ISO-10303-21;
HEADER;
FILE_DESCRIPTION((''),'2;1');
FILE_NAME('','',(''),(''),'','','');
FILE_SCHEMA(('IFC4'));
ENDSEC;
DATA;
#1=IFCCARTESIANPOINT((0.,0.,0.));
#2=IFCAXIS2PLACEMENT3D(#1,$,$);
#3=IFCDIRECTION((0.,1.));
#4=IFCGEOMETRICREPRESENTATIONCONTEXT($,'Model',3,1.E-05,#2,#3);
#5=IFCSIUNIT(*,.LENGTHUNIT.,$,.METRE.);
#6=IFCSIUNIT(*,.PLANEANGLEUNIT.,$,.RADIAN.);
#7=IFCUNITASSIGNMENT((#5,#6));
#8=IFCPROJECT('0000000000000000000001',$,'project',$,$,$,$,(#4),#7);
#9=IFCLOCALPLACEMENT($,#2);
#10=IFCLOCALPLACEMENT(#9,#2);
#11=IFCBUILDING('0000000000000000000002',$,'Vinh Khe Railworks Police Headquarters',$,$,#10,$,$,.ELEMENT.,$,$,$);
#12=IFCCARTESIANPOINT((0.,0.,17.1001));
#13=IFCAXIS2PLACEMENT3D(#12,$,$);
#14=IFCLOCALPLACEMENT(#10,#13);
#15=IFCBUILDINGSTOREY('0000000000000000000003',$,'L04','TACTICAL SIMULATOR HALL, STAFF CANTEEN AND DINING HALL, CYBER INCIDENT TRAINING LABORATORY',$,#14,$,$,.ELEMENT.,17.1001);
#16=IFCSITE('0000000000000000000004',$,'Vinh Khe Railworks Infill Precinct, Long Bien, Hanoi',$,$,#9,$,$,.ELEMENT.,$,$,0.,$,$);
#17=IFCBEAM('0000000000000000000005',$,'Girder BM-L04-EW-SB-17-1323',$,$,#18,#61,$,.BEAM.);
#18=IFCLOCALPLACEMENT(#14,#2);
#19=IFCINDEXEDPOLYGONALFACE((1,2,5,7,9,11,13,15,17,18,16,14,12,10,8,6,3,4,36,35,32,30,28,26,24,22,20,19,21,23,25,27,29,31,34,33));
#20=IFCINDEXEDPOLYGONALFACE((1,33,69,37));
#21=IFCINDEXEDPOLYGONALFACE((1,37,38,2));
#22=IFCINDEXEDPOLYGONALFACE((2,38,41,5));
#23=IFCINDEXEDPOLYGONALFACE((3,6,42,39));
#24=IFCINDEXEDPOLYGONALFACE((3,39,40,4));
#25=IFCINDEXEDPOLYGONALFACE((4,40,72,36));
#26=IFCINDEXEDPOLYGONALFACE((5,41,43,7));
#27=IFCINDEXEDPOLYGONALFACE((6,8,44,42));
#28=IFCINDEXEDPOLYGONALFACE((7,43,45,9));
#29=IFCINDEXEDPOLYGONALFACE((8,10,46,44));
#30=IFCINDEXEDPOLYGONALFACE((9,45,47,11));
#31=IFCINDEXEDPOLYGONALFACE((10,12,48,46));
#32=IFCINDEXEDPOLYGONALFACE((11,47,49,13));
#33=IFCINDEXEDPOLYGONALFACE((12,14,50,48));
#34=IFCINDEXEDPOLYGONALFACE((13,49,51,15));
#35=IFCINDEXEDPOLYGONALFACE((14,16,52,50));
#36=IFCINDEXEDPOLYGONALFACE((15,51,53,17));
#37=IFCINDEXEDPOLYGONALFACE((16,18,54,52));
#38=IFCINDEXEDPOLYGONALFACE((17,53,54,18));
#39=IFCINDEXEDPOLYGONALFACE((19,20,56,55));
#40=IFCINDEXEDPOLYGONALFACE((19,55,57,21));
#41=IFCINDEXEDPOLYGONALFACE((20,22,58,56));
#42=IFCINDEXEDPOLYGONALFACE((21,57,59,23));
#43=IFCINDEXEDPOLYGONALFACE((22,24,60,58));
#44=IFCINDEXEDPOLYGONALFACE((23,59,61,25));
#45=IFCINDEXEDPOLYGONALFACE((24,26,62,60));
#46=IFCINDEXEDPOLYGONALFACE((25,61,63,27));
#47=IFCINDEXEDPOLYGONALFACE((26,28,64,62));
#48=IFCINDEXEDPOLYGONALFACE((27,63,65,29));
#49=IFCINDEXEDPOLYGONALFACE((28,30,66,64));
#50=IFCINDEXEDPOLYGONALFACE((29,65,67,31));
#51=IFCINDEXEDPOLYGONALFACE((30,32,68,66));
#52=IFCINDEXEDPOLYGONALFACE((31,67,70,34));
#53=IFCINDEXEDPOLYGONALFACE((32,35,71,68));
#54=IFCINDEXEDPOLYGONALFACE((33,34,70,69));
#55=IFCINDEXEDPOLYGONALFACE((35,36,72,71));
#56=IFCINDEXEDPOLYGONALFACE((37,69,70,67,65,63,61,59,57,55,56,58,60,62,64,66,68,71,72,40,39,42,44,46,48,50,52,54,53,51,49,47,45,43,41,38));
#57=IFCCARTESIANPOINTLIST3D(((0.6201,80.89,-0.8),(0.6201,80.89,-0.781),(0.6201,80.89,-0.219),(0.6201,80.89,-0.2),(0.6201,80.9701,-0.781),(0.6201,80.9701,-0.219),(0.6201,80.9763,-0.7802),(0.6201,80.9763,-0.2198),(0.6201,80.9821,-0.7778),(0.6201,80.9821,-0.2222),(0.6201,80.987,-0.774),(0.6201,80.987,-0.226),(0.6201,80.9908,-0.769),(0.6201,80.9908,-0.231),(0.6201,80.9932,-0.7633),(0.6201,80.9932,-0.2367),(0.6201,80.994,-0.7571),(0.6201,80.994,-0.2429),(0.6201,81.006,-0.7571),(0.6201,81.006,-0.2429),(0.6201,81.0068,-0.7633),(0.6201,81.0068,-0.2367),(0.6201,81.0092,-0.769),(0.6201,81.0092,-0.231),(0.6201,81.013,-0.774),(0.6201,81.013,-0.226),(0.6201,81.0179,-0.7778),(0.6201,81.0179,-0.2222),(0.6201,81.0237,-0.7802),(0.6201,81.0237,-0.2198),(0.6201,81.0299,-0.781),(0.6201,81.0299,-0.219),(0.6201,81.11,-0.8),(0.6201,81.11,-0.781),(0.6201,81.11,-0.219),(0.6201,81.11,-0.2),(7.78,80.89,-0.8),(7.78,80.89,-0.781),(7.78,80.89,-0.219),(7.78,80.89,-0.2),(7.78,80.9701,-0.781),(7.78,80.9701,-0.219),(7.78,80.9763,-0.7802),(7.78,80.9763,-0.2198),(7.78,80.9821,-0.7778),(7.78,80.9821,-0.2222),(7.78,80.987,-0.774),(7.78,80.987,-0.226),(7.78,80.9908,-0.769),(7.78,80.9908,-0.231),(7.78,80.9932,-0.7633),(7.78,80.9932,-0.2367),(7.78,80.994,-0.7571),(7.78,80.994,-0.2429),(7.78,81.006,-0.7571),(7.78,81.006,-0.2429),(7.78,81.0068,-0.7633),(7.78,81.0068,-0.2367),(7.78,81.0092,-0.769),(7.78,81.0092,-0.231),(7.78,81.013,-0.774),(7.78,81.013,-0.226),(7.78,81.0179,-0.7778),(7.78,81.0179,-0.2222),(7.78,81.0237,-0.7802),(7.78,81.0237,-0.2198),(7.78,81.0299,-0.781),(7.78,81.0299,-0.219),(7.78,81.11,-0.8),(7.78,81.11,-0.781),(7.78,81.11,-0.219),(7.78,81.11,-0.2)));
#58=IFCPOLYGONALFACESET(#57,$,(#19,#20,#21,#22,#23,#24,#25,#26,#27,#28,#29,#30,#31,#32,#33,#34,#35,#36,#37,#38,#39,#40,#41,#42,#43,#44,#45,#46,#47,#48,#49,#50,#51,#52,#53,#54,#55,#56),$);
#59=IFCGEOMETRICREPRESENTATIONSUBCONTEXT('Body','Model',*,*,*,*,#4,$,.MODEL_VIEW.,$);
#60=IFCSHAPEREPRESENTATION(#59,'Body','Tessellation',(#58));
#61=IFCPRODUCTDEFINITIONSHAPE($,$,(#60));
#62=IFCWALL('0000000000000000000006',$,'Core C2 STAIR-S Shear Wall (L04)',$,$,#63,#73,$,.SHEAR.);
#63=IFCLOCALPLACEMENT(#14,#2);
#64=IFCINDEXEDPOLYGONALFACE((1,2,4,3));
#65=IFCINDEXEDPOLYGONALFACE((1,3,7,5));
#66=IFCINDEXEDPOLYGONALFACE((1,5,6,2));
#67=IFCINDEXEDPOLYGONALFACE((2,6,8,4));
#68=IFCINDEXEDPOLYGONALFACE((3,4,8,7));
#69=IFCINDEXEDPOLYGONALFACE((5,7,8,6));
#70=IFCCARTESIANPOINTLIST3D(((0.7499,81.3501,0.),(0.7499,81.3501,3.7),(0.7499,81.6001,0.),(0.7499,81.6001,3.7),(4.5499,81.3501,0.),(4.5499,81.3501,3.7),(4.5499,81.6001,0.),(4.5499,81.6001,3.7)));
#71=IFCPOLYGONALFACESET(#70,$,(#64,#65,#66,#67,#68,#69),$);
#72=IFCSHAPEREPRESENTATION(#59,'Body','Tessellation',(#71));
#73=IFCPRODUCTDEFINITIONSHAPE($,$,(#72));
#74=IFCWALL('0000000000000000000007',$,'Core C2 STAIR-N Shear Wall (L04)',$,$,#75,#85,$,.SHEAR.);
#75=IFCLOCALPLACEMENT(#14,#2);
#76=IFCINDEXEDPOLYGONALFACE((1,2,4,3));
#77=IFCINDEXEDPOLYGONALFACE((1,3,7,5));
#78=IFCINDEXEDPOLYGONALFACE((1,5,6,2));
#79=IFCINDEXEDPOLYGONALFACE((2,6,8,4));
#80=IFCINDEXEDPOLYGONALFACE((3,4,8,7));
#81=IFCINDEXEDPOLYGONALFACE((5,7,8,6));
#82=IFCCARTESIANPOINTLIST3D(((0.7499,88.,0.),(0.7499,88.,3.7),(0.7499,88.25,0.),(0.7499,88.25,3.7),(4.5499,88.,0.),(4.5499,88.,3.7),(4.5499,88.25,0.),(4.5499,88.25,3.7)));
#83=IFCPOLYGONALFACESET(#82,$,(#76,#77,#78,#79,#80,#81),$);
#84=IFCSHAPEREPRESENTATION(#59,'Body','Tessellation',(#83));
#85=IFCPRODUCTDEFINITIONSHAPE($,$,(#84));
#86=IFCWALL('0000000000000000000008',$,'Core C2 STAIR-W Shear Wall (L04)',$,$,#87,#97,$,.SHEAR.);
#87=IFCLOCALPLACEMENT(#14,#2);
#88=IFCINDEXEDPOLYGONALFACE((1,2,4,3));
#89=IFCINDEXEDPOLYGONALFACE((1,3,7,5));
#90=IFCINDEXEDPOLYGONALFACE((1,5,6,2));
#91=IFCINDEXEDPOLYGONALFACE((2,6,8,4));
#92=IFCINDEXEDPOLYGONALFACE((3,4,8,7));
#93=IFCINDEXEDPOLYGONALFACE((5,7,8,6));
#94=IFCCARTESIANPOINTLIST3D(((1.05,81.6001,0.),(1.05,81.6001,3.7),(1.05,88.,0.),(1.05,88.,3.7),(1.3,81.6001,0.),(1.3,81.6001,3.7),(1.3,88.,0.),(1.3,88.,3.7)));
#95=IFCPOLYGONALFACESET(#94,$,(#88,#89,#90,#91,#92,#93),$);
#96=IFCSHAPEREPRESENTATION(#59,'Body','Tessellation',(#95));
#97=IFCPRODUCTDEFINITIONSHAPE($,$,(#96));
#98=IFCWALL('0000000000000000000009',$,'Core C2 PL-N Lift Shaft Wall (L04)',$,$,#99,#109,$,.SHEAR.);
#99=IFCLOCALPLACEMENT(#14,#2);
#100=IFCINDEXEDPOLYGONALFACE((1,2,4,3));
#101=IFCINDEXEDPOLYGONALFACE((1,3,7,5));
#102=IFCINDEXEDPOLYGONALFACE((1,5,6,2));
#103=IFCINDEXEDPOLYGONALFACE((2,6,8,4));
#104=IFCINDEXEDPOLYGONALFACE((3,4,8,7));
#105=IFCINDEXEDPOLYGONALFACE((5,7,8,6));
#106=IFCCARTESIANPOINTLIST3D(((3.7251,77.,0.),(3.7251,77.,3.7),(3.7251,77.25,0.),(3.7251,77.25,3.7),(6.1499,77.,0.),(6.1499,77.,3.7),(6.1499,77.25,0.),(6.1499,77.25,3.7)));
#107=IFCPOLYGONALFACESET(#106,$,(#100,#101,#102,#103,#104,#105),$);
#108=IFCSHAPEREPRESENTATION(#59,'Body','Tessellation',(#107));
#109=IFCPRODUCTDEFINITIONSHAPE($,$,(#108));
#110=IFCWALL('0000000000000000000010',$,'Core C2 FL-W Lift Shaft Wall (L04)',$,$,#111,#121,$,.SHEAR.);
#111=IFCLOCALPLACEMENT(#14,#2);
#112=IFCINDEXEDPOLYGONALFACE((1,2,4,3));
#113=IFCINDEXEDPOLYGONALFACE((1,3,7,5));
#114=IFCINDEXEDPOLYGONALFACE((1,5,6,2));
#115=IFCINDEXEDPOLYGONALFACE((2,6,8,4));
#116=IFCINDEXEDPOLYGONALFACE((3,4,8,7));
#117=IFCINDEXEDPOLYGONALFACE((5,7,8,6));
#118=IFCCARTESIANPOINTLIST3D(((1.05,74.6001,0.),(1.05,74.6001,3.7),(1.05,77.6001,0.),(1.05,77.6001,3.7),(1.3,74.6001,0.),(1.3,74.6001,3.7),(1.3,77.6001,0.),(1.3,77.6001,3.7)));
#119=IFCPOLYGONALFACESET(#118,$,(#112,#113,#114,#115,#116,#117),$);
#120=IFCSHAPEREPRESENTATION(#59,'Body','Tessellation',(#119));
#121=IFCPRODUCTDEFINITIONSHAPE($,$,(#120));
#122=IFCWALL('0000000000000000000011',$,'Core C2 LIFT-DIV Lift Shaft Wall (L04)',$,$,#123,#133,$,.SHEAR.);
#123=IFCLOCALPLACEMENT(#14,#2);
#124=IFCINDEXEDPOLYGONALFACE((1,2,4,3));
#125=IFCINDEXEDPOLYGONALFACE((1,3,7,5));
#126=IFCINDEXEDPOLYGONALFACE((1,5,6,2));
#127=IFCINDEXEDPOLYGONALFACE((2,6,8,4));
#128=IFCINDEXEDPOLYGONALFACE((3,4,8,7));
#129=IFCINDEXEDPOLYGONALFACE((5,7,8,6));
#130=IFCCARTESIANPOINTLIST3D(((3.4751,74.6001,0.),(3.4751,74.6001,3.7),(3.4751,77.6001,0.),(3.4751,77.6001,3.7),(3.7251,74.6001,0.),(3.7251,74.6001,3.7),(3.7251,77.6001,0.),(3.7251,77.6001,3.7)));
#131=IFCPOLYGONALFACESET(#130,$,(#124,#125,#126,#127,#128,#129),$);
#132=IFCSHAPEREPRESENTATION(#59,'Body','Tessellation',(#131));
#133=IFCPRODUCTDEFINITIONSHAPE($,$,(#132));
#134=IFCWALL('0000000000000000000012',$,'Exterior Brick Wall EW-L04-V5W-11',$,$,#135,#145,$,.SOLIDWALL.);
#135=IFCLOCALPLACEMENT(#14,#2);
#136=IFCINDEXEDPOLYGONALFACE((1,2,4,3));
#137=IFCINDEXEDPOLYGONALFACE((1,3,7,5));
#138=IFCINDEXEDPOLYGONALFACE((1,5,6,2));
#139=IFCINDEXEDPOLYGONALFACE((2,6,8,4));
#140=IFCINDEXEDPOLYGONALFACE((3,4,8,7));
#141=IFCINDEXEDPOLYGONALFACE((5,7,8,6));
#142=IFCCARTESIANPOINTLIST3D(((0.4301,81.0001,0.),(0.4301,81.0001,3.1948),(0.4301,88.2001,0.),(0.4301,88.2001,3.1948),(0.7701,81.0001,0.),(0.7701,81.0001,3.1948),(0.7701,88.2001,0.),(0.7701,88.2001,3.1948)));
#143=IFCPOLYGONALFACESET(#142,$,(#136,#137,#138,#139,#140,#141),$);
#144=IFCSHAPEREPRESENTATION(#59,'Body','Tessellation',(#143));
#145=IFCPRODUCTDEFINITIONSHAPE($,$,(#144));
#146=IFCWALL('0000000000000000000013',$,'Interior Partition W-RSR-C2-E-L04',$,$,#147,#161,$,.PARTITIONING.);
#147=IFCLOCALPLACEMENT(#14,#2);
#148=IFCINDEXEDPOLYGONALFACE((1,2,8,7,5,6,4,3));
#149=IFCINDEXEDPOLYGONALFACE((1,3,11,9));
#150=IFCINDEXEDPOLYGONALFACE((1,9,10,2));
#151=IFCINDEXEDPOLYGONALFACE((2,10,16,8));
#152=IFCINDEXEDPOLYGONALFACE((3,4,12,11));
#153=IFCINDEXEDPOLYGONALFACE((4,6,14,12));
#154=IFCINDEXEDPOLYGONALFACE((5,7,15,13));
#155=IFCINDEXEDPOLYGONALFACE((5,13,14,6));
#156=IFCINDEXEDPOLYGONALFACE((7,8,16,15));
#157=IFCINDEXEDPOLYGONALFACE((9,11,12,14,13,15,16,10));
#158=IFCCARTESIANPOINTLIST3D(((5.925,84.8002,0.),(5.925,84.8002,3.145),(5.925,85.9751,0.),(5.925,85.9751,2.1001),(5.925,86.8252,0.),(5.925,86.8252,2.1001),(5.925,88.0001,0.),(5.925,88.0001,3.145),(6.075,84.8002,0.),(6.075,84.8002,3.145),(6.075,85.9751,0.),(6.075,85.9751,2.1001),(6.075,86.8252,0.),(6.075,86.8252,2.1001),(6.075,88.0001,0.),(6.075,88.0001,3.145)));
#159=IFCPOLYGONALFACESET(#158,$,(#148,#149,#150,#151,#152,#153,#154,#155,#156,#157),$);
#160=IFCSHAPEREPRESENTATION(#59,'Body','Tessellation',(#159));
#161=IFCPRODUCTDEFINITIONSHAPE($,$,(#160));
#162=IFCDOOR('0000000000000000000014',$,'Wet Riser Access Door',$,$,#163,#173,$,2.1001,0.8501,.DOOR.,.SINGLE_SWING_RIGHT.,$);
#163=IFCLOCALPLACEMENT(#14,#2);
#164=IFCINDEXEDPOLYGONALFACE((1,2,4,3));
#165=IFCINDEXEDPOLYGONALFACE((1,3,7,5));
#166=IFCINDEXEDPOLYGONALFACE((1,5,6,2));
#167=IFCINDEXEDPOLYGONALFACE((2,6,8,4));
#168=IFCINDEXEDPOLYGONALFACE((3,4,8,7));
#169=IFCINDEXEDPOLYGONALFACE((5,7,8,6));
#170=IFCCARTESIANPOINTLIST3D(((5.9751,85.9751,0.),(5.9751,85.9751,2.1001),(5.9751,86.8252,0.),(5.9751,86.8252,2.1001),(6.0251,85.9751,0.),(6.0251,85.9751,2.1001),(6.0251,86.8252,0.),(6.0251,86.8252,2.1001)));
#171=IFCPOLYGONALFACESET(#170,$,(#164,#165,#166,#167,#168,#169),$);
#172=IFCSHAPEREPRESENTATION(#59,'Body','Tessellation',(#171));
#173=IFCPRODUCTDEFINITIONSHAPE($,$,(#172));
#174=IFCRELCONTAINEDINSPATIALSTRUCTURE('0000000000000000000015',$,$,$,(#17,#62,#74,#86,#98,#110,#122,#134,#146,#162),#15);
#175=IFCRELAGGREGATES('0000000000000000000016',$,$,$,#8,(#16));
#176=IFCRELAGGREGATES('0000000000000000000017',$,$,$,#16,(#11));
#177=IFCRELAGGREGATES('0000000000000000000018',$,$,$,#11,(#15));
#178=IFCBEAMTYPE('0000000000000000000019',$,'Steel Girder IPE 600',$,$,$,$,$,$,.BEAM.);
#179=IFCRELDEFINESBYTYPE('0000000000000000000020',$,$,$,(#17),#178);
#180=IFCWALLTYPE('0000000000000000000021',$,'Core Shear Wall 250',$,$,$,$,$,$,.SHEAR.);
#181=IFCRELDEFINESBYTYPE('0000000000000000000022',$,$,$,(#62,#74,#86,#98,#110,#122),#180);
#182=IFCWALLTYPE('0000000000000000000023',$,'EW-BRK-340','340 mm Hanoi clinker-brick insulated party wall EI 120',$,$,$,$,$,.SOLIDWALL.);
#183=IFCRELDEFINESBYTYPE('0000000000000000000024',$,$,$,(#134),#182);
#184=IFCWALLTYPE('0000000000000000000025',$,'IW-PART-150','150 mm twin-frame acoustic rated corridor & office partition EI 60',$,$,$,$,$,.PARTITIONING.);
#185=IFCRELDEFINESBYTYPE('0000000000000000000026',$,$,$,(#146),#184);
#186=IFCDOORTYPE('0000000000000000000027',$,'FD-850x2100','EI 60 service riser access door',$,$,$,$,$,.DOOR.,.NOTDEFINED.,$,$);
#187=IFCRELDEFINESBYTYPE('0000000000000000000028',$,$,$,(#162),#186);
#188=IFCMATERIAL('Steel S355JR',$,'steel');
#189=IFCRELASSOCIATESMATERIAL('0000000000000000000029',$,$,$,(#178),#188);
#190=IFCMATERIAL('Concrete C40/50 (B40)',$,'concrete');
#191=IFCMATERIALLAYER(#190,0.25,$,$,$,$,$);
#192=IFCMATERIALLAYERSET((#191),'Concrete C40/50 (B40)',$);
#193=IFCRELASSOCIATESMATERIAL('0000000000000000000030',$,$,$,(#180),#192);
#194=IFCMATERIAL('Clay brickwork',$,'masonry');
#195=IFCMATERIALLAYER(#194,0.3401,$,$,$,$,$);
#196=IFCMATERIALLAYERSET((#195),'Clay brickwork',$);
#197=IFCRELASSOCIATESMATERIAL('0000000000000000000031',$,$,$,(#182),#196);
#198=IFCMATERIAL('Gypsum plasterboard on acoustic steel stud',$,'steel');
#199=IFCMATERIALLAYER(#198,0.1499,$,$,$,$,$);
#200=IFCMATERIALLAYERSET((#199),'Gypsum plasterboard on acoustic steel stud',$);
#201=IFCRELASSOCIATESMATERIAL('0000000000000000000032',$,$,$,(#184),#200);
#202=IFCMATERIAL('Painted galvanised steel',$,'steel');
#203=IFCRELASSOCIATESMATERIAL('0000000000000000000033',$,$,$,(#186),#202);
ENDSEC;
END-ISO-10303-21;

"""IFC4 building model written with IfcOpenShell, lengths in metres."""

from ifc_helpers import new_model, si_unit, direction, frame, frame_2d, origin, origin_2d, place, context, subcontext, project, spatial, rectangle, i_section, extrude, material, layer, layer_set, material_profile, profile_set, type_object, element, fill, save


model = new_model("IFC4")

# Units and contexts
model_context = context("Model", 3, precision=1e-05, world=origin(), true_north=direction((0.0, 1.0)))
body_context = subcontext(model_context, "Body", "Model", "MODEL_VIEW")
ifc_project = project(units=[si_unit("LENGTHUNIT", "METRE"), si_unit("PLANEANGLEUNIT", "RADIAN")], contexts=[model_context])

# Site, building, storey
site_placement = place(None, origin())
site = spatial("IfcSite", under=ifc_project, at=site_placement, Name="Vinh Khe Railworks Infill Precinct, Long Bien, Hanoi", CompositionType="ELEMENT", RefElevation=0.0)
building_placement = place(site_placement, origin())
building = spatial("IfcBuilding", under=site, at=building_placement, Name="Vinh Khe Railworks Police Headquarters", CompositionType="ELEMENT")
storey_placement = place(building_placement, frame((0.0, 0.0, 17.1001)))
storey = spatial("IfcBuildingStorey", under=building, at=storey_placement, Name="L04", Description="TACTICAL SIMULATOR HALL, STAFF CANTEEN AND DINING HALL, CYBER INCIDENT TRAINING LABORATORY", CompositionType="ELEMENT", Elevation=17.1001)

# Shared definitions
ifc_material_1 = material(Name="Steel S355JR", Category="steel")

# Beam
ifc_material_profile_1 = material_profile(ifc_material_1, i_section(OverallWidth=0.22, OverallDepth=0.6001, WebThickness=0.012, FlangeThickness=0.019, FilletRadius=0.0239, at=origin_2d()), Name="IPE 600")
ifc_profile_set_1 = profile_set([ifc_material_profile_1], Name="Steel S355JR")
beam_type_1 = type_object("IfcBeamType", Name="Steel Girder IPE 600", PredefinedType="BEAM", material=ifc_profile_set_1)
beam_1_placement = place(storey_placement, frame((0.6201, 81.0, -0.5), z_axis=(1.0, 0.0, 0.0), x_axis=(0.0, 1.0, 0.0)))
element("IfcBeam", 1, at=beam_1_placement, inside=storey, type_object=beam_type_1, Name="Girder BM-L04-EW-SB-17-1323", PredefinedType="BEAM", context=body_context, shape_type="SweptSolid", body=[
    extrude(i_section(OverallWidth=0.22, OverallDepth=0.6001, WebThickness=0.012, FlangeThickness=0.019, FilletRadius=0.0239, at=origin_2d()), origin(), (0.0, 0.0, 1.0), 7.1599),
])

# Walls
ifc_material_2 = material(Name="Concrete C40/50 (B40)", Category="concrete")
ifc_layer_1 = layer(ifc_material_2, 0.25)
ifc_layer_set_1 = layer_set([ifc_layer_1], Name="Concrete C40/50 (B40)")
wall_type_1 = type_object("IfcWallType", Name="Core Shear Wall 250", PredefinedType="SHEAR", material=ifc_layer_set_1)
for number, where, z_axis, x_axis, name in (
    (2, (0.75, 81.4751, 0.0), (0.0, 0.0, 1.0), (1.0, 0.0, 0.0), "Core C2 STAIR-S Shear Wall (L04)"),
    (3, (0.75, 88.125, 0.0), (0.0, 0.0, 1.0), (1.0, 0.0, 0.0), "Core C2 STAIR-N Shear Wall (L04)"),
):
    element("IfcWall", number, at=place(storey_placement, frame(where, z_axis=z_axis, x_axis=x_axis)), inside=storey, type_object=wall_type_1, Name=name, PredefinedType="SHEAR", context=body_context, shape_type="SweptSolid", body=[
        extrude(rectangle(XDim=3.8, YDim=0.25, at=frame_2d((1.8999, 0.0))), origin(), (0.0, 0.0, 1.0), 3.7),
    ])
wall_1_placement = place(storey_placement, frame((1.175, 81.6001, 0.0), z_axis=(0.0, 0.0, 1.0), x_axis=(0.0, 1.0, 0.0)))
element("IfcWall", 4, at=wall_1_placement, inside=storey, type_object=wall_type_1, Name="Core C2 STAIR-W Shear Wall (L04)", PredefinedType="SHEAR", context=body_context, shape_type="SweptSolid", body=[
    extrude(rectangle(XDim=6.3999, YDim=0.25, at=frame_2d((3.2, 0.0))), origin(), (0.0, 0.0, 1.0), 3.7),
])

# Shared definitions
ifc_material_3 = material(Name="Painted galvanised steel", Category="steel")

# Walls
wall_2_placement = place(storey_placement, frame((3.7251, 77.125, 0.0), z_axis=(0.0, 0.0, 1.0), x_axis=(1.0, 0.0, 0.0)))
element("IfcWall", 5, at=wall_2_placement, inside=storey, type_object=wall_type_1, Name="Core C2 PL-N Lift Shaft Wall (L04)", PredefinedType="SHEAR", context=body_context, shape_type="SweptSolid", body=[
    extrude(rectangle(XDim=2.4248, YDim=0.25, at=frame_2d((1.2124, 0.0))), origin(), (0.0, 0.0, 1.0), 3.7),
])
for number, where, z_axis, x_axis, name in (
    (6, (1.175, 74.6001, 0.0), (0.0, 0.0, 1.0), (0.0, 1.0, 0.0), "Core C2 FL-W Lift Shaft Wall (L04)"),
    (7, (3.6001, 74.6001, 0.0), (0.0, 0.0, 1.0), (0.0, 1.0, 0.0), "Core C2 LIFT-DIV Lift Shaft Wall (L04)"),
):
    element("IfcWall", number, at=place(storey_placement, frame(where, z_axis=z_axis, x_axis=x_axis)), inside=storey, type_object=wall_type_1, Name=name, PredefinedType="SHEAR", context=body_context, shape_type="SweptSolid", body=[
        extrude(rectangle(XDim=3.0, YDim=0.25, at=frame_2d((1.5, 0.0))), origin(), (0.0, 0.0, 1.0), 3.7),
    ])

# Wall
ifc_material_4 = material(Name="Clay brickwork", Category="masonry")
ifc_layer_2 = layer(ifc_material_4, 0.3401)
ifc_layer_set_2 = layer_set([ifc_layer_2], Name="Clay brickwork")
wall_type_2 = type_object("IfcWallType", Name="EW-BRK-340", Description="340 mm Hanoi clinker-brick insulated party wall EI 120", PredefinedType="SOLIDWALL", material=ifc_layer_set_2)
wall_3_placement = place(storey_placement, frame((0.6001, 81.0, 0.0), z_axis=(0.0, 0.0, 1.0), x_axis=(0.0, 1.0, 0.0)))
element("IfcWall", 8, at=wall_3_placement, inside=storey, type_object=wall_type_2, Name="Exterior Brick Wall EW-L04-V5W-11", PredefinedType="SOLIDWALL", context=body_context, shape_type="SweptSolid", body=[
    extrude(rectangle(XDim=7.2, YDim=0.3401, at=frame_2d((3.6001, 0.0))), origin(), (0.0, 0.0, 1.0), 3.1948),
])

# Wall, opening, door
ifc_material_5 = material(Name="Gypsum plasterboard on acoustic steel stud", Category="steel")
ifc_layer_3 = layer(ifc_material_5, 0.1499)
ifc_layer_set_3 = layer_set([ifc_layer_3], Name="Gypsum plasterboard on acoustic steel stud")
wall_type_3 = type_object("IfcWallType", Name="IW-PART-150", Description="150 mm twin-frame acoustic rated corridor & office partition EI 60", PredefinedType="PARTITIONING", material=ifc_layer_set_3)
wall_4_placement = place(storey_placement, frame((6.0, 84.8, 0.0), z_axis=(0.0, 0.0, 1.0), x_axis=(0.0, 1.0, 0.0)))
wall_4 = element("IfcWall", 9, at=wall_4_placement, inside=storey, type_object=wall_type_3, Name="Interior Partition W-RSR-C2-E-L04", PredefinedType="PARTITIONING", context=body_context, shape_type="SweptSolid", body=[
    extrude(rectangle(XDim=3.2, YDim=0.1499, at=frame_2d((1.6001, 0.0))), origin(), (0.0, 0.0, 1.0), 3.145),
])
opening_1_placement = place(wall_4_placement, frame((1.175, 0.0, 0.0)))
opening_1 = element("IfcOpeningElement", 10, at=opening_1_placement, cuts=wall_4, PredefinedType="OPENING", context=body_context, shape_type="SweptSolid", body=[
    extrude(rectangle(XDim=0.8501, YDim=2.1001, at=frame_2d((0.425, 1.05))), frame((0.0, 0.0898, 0.0), z_axis=(0.0, -1.0, 0.0), x_axis=(1.0, 0.0, 0.0)), (0.0, 0.0, 1.0), 0.1797),
])
door_type_1 = type_object("IfcDoorType", Name="FD-850x2100", Description="EI 60 service riser access door", OperationType="NOTDEFINED", PredefinedType="DOOR", material=ifc_material_3)
door_1_placement = place(opening_1_placement, origin())
door_1 = element("IfcDoor", 11, at=door_1_placement, inside=storey, type_object=door_type_1, Name="Wet Riser Access Door", OperationType="SINGLE_SWING_RIGHT", OverallHeight=2.1001, OverallWidth=0.8501, PredefinedType="DOOR", context=body_context, shape_type="SweptSolid", body=[
    extrude(rectangle(XDim=0.8501, YDim=2.1001, at=frame_2d((0.425, 1.05))), frame((0.0, 0.0249, 0.0), z_axis=(0.0, -1.0, 0.0), x_axis=(1.0, 0.0, 0.0)), (0.0, 0.0, 1.0), 0.05),
])
fill(opening_1, door_1)

save(model, "model.ifc")
